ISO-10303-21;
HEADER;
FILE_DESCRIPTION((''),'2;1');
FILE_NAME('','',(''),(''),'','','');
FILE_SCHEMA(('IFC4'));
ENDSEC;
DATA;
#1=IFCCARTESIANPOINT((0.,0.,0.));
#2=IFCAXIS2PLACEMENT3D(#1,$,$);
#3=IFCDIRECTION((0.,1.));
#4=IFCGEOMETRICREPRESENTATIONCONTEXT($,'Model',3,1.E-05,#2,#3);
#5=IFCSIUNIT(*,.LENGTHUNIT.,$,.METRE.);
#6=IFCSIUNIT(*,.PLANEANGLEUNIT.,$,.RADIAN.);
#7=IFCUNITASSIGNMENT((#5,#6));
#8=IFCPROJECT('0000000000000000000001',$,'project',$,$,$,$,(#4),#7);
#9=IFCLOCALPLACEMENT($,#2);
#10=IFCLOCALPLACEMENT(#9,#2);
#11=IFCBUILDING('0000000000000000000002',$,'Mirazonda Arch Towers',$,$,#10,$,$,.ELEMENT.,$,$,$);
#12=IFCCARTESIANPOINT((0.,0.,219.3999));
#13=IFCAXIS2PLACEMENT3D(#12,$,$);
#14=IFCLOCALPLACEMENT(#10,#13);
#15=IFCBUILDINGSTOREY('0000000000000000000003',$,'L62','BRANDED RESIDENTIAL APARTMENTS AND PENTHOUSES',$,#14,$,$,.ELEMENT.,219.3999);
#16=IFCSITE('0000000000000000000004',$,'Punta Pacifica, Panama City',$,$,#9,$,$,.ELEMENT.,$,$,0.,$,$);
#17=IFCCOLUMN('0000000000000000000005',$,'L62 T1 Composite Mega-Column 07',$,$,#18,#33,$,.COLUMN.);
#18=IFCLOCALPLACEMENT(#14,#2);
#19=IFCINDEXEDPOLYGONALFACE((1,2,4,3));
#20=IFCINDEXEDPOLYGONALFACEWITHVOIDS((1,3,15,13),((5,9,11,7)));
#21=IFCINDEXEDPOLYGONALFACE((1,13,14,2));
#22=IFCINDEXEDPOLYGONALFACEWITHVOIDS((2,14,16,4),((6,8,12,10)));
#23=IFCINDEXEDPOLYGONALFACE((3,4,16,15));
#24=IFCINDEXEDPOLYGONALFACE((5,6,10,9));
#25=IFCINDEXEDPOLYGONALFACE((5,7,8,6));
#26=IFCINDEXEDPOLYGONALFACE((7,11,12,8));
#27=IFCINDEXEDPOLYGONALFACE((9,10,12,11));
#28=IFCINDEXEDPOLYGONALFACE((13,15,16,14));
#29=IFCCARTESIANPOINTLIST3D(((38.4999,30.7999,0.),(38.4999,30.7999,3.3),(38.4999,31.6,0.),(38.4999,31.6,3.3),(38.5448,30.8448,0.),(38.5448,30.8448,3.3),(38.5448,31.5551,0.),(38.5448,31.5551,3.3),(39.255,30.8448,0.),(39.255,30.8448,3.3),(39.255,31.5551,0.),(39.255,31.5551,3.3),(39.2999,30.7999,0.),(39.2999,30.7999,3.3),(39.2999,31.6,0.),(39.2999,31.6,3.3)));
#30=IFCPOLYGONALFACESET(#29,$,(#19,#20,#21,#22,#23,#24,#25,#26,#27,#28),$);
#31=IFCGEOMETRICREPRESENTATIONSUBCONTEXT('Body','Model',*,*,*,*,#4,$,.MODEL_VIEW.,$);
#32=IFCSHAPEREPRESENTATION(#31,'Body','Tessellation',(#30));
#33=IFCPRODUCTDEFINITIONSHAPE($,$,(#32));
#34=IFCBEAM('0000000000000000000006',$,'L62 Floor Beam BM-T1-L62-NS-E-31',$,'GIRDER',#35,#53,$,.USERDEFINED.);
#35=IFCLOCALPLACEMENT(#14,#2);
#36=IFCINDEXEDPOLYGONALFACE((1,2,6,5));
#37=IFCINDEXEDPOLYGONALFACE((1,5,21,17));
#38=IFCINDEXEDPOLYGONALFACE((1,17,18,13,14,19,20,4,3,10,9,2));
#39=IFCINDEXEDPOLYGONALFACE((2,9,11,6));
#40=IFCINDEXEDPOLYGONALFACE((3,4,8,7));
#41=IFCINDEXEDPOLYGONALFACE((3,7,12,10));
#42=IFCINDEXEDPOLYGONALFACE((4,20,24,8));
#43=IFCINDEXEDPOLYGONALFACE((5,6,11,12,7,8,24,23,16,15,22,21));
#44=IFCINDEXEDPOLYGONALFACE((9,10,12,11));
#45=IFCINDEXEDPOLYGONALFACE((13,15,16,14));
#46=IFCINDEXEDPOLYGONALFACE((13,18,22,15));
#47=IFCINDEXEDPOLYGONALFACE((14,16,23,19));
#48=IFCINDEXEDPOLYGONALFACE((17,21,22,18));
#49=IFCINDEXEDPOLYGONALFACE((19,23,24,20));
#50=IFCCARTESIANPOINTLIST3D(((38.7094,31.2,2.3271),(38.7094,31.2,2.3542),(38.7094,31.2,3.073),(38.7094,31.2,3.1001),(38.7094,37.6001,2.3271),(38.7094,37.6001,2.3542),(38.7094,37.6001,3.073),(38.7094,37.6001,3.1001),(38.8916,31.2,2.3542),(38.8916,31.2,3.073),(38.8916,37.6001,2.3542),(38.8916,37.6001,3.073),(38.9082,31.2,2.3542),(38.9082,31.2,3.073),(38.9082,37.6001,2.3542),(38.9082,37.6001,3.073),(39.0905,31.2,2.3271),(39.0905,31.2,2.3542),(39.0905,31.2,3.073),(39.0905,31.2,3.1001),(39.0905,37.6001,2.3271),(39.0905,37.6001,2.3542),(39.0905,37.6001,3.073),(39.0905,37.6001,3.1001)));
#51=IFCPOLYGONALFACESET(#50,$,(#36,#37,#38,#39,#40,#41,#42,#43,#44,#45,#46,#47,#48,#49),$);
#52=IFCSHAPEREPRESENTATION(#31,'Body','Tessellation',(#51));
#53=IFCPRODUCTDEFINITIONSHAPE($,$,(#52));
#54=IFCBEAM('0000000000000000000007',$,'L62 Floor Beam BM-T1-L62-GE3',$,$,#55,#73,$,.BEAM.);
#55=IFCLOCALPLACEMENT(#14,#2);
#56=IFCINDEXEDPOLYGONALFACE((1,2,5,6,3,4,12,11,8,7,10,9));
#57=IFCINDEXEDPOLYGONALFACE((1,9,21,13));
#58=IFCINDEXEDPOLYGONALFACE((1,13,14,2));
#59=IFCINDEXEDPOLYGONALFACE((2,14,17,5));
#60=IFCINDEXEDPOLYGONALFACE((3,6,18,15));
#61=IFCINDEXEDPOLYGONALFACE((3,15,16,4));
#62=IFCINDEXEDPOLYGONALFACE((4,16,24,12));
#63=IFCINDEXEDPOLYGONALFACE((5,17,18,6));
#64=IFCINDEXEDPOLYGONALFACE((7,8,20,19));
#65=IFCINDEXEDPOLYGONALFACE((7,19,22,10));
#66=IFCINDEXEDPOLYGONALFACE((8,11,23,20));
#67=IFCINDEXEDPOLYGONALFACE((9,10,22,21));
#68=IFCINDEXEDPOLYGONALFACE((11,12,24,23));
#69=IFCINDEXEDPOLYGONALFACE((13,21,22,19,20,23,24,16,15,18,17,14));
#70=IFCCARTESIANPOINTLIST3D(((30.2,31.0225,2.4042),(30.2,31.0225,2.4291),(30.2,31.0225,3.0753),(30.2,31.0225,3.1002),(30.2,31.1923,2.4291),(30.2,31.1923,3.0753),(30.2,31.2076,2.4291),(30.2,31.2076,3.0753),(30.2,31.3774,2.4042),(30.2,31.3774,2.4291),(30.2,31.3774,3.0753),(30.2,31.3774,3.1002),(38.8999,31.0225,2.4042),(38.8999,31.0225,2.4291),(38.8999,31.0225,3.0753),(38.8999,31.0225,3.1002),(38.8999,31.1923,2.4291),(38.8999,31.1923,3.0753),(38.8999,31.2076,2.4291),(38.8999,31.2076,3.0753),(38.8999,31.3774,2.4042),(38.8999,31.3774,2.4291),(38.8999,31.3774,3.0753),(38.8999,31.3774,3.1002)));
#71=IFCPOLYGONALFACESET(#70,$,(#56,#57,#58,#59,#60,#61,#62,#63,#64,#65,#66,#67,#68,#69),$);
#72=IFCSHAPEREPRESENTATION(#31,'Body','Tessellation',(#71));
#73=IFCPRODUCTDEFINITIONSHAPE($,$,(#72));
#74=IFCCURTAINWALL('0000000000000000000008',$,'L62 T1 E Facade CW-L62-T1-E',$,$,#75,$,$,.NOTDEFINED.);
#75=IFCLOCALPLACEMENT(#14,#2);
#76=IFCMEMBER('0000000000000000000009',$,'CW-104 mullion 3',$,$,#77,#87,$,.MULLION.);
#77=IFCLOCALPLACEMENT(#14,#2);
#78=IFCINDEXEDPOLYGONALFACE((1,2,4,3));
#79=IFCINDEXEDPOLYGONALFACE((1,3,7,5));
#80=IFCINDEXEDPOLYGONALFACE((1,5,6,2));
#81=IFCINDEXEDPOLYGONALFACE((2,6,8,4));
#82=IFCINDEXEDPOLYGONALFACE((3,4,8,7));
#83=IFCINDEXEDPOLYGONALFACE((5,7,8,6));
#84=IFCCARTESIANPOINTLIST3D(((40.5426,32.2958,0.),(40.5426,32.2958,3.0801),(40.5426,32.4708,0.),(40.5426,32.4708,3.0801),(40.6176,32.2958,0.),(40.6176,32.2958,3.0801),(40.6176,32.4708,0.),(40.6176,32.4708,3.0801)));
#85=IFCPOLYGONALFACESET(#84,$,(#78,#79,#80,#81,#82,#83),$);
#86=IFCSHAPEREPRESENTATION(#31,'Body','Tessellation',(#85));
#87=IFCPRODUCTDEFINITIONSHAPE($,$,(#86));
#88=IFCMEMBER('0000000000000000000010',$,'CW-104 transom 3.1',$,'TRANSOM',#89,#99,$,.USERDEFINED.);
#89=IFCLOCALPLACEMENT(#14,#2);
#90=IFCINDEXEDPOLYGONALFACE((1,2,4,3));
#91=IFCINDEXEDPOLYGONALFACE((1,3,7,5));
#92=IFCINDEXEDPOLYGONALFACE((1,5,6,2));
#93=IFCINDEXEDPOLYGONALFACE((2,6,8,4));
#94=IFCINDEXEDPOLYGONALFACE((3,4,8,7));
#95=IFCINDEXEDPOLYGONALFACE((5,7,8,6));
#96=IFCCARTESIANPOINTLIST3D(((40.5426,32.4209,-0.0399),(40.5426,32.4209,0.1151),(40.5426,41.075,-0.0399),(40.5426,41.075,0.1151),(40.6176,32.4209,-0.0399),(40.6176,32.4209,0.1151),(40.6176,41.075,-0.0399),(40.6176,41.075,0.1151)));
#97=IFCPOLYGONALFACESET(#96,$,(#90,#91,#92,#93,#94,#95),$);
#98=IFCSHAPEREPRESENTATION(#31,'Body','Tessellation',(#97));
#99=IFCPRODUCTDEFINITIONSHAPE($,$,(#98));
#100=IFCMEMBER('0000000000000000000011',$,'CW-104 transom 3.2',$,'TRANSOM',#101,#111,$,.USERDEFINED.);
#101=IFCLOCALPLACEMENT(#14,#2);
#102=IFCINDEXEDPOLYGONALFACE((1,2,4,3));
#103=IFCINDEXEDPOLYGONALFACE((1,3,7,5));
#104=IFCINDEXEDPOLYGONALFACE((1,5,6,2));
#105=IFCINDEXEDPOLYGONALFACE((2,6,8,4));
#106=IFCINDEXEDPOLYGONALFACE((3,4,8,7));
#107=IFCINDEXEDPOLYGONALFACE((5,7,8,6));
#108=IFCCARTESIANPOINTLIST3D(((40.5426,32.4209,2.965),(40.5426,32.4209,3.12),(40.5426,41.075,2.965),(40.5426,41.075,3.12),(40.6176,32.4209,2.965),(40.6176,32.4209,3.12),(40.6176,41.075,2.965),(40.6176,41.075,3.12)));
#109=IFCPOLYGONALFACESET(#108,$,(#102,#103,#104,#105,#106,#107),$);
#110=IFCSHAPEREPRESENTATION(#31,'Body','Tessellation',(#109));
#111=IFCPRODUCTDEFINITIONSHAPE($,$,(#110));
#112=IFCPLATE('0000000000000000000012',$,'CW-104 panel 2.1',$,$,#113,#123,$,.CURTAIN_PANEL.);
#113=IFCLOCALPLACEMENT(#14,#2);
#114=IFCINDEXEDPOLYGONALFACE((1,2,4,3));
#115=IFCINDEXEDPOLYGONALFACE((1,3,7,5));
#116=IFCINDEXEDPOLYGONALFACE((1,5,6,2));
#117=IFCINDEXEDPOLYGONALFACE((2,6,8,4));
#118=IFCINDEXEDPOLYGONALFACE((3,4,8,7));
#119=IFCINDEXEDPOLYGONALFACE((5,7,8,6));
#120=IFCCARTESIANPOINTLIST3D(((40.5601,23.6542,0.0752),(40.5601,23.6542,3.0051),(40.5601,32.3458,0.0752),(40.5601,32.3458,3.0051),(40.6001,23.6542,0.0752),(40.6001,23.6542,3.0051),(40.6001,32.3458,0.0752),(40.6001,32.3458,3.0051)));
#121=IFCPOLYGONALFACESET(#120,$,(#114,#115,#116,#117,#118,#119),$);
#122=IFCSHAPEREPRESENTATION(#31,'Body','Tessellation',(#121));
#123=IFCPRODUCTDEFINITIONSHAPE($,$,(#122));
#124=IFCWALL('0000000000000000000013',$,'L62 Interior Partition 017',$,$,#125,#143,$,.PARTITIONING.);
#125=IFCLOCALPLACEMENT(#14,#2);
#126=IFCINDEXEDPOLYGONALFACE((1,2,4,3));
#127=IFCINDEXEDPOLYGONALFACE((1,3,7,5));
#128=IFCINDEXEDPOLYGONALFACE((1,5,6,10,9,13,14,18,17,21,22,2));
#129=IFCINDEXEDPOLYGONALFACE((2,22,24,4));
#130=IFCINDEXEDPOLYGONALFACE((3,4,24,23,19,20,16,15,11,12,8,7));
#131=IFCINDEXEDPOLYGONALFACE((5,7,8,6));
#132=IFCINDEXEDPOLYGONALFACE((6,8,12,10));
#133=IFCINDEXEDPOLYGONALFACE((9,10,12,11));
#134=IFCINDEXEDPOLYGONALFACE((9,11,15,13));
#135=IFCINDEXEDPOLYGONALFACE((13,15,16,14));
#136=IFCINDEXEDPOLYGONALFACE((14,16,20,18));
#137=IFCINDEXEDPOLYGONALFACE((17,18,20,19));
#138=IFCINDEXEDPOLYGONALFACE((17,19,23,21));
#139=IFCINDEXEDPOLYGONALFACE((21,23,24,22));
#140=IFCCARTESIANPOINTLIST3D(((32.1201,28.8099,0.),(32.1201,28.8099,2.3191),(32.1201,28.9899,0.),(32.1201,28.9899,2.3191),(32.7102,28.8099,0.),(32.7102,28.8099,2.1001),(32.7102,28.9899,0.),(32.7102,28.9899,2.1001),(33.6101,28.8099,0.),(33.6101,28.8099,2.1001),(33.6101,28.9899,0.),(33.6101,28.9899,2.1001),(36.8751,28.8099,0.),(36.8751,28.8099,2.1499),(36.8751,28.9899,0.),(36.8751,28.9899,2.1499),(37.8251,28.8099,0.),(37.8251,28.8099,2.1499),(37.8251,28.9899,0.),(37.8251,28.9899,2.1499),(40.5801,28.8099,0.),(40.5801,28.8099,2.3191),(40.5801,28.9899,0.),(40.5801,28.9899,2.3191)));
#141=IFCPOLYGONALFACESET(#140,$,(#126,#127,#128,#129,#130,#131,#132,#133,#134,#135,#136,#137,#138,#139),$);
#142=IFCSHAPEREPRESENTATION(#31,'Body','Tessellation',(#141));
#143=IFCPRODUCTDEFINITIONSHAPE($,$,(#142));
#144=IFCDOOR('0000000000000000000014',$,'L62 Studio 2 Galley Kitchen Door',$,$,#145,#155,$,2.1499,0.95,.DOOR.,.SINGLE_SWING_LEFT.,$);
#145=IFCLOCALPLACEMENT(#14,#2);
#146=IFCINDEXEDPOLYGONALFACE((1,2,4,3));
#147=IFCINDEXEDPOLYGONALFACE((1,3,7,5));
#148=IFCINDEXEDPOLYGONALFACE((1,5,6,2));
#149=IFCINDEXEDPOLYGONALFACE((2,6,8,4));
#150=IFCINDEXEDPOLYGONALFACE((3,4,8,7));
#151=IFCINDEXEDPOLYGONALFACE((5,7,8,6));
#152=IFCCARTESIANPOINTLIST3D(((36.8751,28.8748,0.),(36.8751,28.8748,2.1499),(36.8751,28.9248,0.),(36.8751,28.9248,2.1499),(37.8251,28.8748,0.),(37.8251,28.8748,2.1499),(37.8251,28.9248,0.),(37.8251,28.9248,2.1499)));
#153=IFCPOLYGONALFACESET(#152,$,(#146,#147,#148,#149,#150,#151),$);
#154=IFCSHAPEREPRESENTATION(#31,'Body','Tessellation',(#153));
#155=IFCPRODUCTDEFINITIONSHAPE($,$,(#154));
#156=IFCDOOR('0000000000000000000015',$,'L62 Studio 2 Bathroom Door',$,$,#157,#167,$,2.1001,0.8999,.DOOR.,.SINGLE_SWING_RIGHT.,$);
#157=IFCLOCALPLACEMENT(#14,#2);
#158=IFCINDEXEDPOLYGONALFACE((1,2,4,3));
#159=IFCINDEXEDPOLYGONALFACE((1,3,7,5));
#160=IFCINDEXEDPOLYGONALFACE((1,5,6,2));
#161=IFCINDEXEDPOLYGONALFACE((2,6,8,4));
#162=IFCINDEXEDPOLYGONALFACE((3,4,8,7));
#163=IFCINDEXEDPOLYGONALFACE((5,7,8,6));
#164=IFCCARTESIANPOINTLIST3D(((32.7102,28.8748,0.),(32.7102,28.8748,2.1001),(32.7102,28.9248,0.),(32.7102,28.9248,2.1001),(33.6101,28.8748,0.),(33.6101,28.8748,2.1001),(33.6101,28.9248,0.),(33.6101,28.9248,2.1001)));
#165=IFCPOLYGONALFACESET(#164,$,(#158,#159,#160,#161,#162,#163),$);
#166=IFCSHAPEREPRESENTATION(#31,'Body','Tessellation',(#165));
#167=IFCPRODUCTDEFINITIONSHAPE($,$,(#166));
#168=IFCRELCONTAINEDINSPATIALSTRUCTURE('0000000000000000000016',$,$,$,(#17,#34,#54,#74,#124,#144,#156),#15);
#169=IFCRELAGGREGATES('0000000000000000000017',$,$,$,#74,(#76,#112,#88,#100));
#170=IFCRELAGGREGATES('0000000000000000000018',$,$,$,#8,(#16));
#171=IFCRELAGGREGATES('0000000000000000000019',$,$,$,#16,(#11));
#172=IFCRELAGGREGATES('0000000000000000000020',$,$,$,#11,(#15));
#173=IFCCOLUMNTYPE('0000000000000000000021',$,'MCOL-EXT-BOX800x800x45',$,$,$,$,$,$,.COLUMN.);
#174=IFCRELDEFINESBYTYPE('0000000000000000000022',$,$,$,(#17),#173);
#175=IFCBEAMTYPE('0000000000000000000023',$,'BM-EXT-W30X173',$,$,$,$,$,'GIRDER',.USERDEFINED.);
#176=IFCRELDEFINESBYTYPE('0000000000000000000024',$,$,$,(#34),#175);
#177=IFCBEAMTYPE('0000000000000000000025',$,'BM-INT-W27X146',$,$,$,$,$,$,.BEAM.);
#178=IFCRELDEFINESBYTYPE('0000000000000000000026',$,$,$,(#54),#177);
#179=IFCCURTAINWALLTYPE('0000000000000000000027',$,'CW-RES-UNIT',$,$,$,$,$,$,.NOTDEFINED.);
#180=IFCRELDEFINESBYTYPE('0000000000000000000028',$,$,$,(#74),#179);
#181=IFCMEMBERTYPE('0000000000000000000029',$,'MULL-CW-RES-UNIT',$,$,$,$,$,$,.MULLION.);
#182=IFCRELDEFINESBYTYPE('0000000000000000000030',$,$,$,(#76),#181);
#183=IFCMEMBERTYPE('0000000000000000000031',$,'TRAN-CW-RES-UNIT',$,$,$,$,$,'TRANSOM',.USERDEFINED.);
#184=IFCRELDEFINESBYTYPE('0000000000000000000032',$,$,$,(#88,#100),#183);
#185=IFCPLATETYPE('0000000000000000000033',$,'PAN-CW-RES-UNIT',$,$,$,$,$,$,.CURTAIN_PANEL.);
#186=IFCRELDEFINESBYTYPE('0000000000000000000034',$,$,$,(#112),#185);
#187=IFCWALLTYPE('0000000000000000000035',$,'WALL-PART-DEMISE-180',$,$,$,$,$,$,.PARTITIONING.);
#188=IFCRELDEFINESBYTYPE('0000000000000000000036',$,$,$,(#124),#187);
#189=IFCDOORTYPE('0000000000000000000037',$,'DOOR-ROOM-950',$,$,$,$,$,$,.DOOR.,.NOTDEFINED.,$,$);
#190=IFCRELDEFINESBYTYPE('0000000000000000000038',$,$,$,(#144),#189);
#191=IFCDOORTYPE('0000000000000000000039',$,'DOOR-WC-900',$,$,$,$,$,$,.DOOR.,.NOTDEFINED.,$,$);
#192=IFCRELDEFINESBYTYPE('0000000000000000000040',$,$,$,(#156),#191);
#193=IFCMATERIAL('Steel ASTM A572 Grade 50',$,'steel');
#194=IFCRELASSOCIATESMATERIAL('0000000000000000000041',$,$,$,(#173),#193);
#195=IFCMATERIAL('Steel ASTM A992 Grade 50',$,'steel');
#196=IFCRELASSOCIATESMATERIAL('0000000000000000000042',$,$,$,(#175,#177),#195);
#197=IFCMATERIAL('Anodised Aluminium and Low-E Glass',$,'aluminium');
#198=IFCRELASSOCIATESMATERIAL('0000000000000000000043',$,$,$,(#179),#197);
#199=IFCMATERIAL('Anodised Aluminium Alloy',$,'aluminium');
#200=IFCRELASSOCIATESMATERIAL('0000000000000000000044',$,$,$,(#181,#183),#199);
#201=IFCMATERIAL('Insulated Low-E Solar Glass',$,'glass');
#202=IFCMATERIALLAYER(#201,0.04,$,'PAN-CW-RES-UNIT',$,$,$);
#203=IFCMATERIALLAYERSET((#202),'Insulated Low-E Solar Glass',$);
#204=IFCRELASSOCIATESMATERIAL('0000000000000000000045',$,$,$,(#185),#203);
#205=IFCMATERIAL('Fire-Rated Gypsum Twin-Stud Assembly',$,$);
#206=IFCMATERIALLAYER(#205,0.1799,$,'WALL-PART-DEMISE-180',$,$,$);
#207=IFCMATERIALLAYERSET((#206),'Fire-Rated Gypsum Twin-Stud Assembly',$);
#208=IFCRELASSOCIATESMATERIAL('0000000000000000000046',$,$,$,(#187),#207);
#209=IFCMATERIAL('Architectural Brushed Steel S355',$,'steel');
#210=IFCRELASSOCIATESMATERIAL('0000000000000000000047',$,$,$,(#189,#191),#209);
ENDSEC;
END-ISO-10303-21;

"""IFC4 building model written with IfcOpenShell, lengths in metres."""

from ifc_helpers import new_model, si_unit, direction, frame, frame_2d, origin, origin_2d, place, context, subcontext, project, spatial, rectangle, hollow_rectangle, i_section, extrude, material, layer, layer_set, material_profile, profile_set, type_object, element, fill, aggregate, save


model = new_model("IFC4")

# Units and contexts
model_context = context("Model", 3, precision=1e-05, world=origin(), true_north=direction((0.0, 1.0)))
body_context = subcontext(model_context, "Body", "Model", "MODEL_VIEW")
ifc_project = project(units=[si_unit("LENGTHUNIT", "METRE"), si_unit("PLANEANGLEUNIT", "RADIAN")], contexts=[model_context])

# Site, building, storey
site_placement = place(None, origin())
site = spatial("IfcSite", under=ifc_project, at=site_placement, Name="Punta Pacifica, Panama City", CompositionType="ELEMENT", RefElevation=0.0)
building_placement = place(site_placement, origin())
building = spatial("IfcBuilding", under=site, at=building_placement, Name="Mirazonda Arch Towers", CompositionType="ELEMENT")
storey_placement = place(building_placement, frame((0.0, 0.0, 219.3999)))
storey = spatial("IfcBuildingStorey", under=building, at=storey_placement, Name="L62", Description="BRANDED RESIDENTIAL APARTMENTS AND PENTHOUSES", CompositionType="ELEMENT", Elevation=219.3999)

# Column
ifc_material_1 = material(Name="Steel ASTM A572 Grade 50", Category="steel")
ifc_material_profile_1 = material_profile(ifc_material_1, hollow_rectangle(XDim=0.8, YDim=0.8, WallThickness=0.0449, at=origin_2d()), Name="BOX800x800x45")
ifc_profile_set_1 = profile_set([ifc_material_profile_1], Name="Steel ASTM A572 Grade 50")
column_type = type_object("IfcColumnType", Name="MCOL-EXT-BOX800x800x45", PredefinedType="COLUMN", material=ifc_profile_set_1)
column_placement = place(storey_placement, frame((38.8999, 31.2, 0.0), z_axis=(0.0, 0.0, 1.0), x_axis=(1.0, 0.0, 0.0)))
element("IfcColumn", 1, at=column_placement, inside=storey, type_object=column_type, Name="L62 T1 Composite Mega-Column 07", PredefinedType="COLUMN", context=body_context, shape_type="SweptSolid", body=[
    extrude(hollow_rectangle(XDim=0.8, YDim=0.8, WallThickness=0.0449, at=origin_2d()), origin(), (0.0, 0.0, 1.0), 3.3),
])

# Beams
ifc_material_2 = material(Name="Steel ASTM A992 Grade 50", Category="steel")
ifc_material_profile_2 = material_profile(ifc_material_2, i_section(OverallWidth=0.3811, OverallDepth=0.7729, WebThickness=0.0166, FlangeThickness=0.0271, at=origin_2d()), Name="W30X173")
ifc_profile_set_2 = profile_set([ifc_material_profile_2], Name="Steel ASTM A992 Grade 50")
beam_type_1 = type_object("IfcBeamType", Name="BM-EXT-W30X173", ElementType="GIRDER", PredefinedType="USERDEFINED", material=ifc_profile_set_2)
beam_1_placement = place(storey_placement, frame((38.8999, 31.2, 2.7136), z_axis=(0.0, 1.0, 0.0), x_axis=(-1.0, 0.0, 0.0)))
element("IfcBeam", 2, at=beam_1_placement, inside=storey, type_object=beam_type_1, Name="L62 Floor Beam BM-T1-L62-NS-E-31", ObjectType="GIRDER", PredefinedType="USERDEFINED", context=body_context, shape_type="SweptSolid", body=[
    extrude(i_section(OverallWidth=0.3811, OverallDepth=0.7729, WebThickness=0.0166, FlangeThickness=0.0271, at=origin_2d()), origin(), (0.0, 0.0, 1.0), 6.4001),
])
ifc_material_profile_3 = material_profile(ifc_material_2, i_section(OverallWidth=0.355, OverallDepth=0.696, WebThickness=0.0154, FlangeThickness=0.0249, at=origin_2d()), Name="W27X146")
ifc_profile_set_3 = profile_set([ifc_material_profile_3], Name="Steel ASTM A992 Grade 50")
beam_type_2 = type_object("IfcBeamType", Name="BM-INT-W27X146", PredefinedType="BEAM", material=ifc_profile_set_3)
beam_2_placement = place(storey_placement, frame((30.2, 31.2, 2.7522), z_axis=(1.0, 0.0, 0.0), x_axis=(0.0, 1.0, 0.0)))
element("IfcBeam", 3, at=beam_2_placement, inside=storey, type_object=beam_type_2, Name="L62 Floor Beam BM-T1-L62-GE3", PredefinedType="BEAM", context=body_context, shape_type="SweptSolid", body=[
    extrude(i_section(OverallWidth=0.355, OverallDepth=0.696, WebThickness=0.0154, FlangeThickness=0.0249, at=origin_2d()), origin(), (0.0, 0.0, 1.0), 8.7),
])

# Curtain wall, members, plate
ifc_material_3 = material(Name="Anodised Aluminium and Low-E Glass", Category="aluminium")
curtain_wall_type = type_object("IfcCurtainWallType", Name="CW-RES-UNIT", PredefinedType="NOTDEFINED", material=ifc_material_3)
curtain_wall_placement = place(storey_placement, origin())
curtain_wall = element("IfcCurtainWall", 4, at=curtain_wall_placement, inside=storey, type_object=curtain_wall_type, Name="L62 T1 E Facade CW-L62-T1-E", PredefinedType="NOTDEFINED")
ifc_material_4 = material(Name="Anodised Aluminium Alloy", Category="aluminium")
ifc_material_profile_4 = material_profile(ifc_material_4, rectangle(XDim=0.075, YDim=0.175, at=origin_2d()), Name="ALU-MULL-75x175")
ifc_profile_set_4 = profile_set([ifc_material_profile_4], Name="Anodised Aluminium Alloy")
member_type_1 = type_object("IfcMemberType", Name="MULL-CW-RES-UNIT", PredefinedType="MULLION", material=ifc_profile_set_4)
member_1_placement = place(storey_placement, frame((40.5801, 32.3833, 0.0), z_axis=(0.0, 0.0, 1.0), x_axis=(-1.0, 0.0, 0.0)))
member_1 = element("IfcMember", 5, at=member_1_placement, type_object=member_type_1, Name="CW-104 mullion 3", PredefinedType="MULLION", context=body_context, shape_type="SweptSolid", body=[
    extrude(rectangle(XDim=0.075, YDim=0.175, at=origin_2d()), origin(), (0.0, 0.0, 1.0), 3.0801),
])
ifc_material_profile_5 = material_profile(ifc_material_4, rectangle(XDim=0.075, YDim=0.155, at=origin_2d()), Name="ALU-TRAN-75x155")
ifc_profile_set_5 = profile_set([ifc_material_profile_5], Name="Anodised Aluminium Alloy")
member_type_2 = type_object("IfcMemberType", Name="TRAN-CW-RES-UNIT", ElementType="TRANSOM", PredefinedType="USERDEFINED", material=ifc_profile_set_5)
member_2_placement = place(storey_placement, frame((40.5801, 32.4209, 0.0376), z_axis=(0.0, 1.0, 0.0), x_axis=(-1.0, 0.0, 0.0)))
member_2 = element("IfcMember", 6, at=member_2_placement, type_object=member_type_2, Name="CW-104 transom 3.1", ObjectType="TRANSOM", PredefinedType="USERDEFINED", context=body_context, shape_type="SweptSolid", body=[
    extrude(rectangle(XDim=0.075, YDim=0.155, at=origin_2d()), origin(), (0.0, 0.0, 1.0), 8.6541),
])
member_3_placement = place(storey_placement, frame((40.5801, 32.4209, 3.0425), z_axis=(0.0, 1.0, 0.0), x_axis=(-1.0, 0.0, 0.0)))
member_3 = element("IfcMember", 7, at=member_3_placement, type_object=member_type_2, Name="CW-104 transom 3.2", ObjectType="TRANSOM", PredefinedType="USERDEFINED", context=body_context, shape_type="SweptSolid", body=[
    extrude(rectangle(XDim=0.075, YDim=0.155, at=origin_2d()), origin(), (0.0, 0.0, 1.0), 8.6541),
])
ifc_material_5 = material(Name="Insulated Low-E Solar Glass", Category="glass")
ifc_layer_1 = layer(ifc_material_5, 0.04, Name="PAN-CW-RES-UNIT")
ifc_layer_set_1 = layer_set([ifc_layer_1], Name="Insulated Low-E Solar Glass")
plate_type = type_object("IfcPlateType", Name="PAN-CW-RES-UNIT", PredefinedType="CURTAIN_PANEL", material=ifc_layer_set_1)
plate_placement = place(storey_placement, frame((40.5801, 28.0, 0.0752), z_axis=(0.0, 0.0, 1.0), x_axis=(0.0, 1.0, 0.0)))
plate = element("IfcPlate", 8, at=plate_placement, type_object=plate_type, Name="CW-104 panel 2.1", PredefinedType="CURTAIN_PANEL", context=body_context, shape_type="SweptSolid", body=[
    extrude(rectangle(XDim=8.6917, YDim=0.04, at=origin_2d()), origin(), (0.0, 0.0, 1.0), 2.9299),
])
aggregate(curtain_wall, [member_1, plate, member_2, member_3])

# Wall, openings, doors
ifc_material_6 = material(Name="Fire-Rated Gypsum Twin-Stud Assembly")
ifc_layer_2 = layer(ifc_material_6, 0.1799, Name="WALL-PART-DEMISE-180")
ifc_layer_set_2 = layer_set([ifc_layer_2], Name="Fire-Rated Gypsum Twin-Stud Assembly")
wall_type_1 = type_object("IfcWallType", Name="WALL-PART-DEMISE-180", PredefinedType="PARTITIONING", material=ifc_layer_set_2)
wall_1_placement = place(storey_placement, frame((32.1201, 28.8999, 0.0), z_axis=(0.0, 0.0, 1.0), x_axis=(1.0, 0.0, 0.0)))
wall_1 = element("IfcWall", 9, at=wall_1_placement, inside=storey, type_object=wall_type_1, Name="L62 Interior Partition 017", PredefinedType="PARTITIONING", context=body_context, shape_type="SweptSolid", body=[
    extrude(rectangle(XDim=8.46, YDim=0.1799, at=frame_2d((4.23, 0.0))), origin(), (0.0, 0.0, 1.0), 2.3191),
])
opening_1_placement = place(wall_1_placement, frame((4.7549, 0.0, 0.0)))
opening_1 = element("IfcOpeningElement", 10, at=opening_1_placement, cuts=wall_1, PredefinedType="OPENING", context=body_context, shape_type="SweptSolid", body=[
    extrude(rectangle(XDim=0.95, YDim=2.1499, at=frame_2d((0.4751, 1.075))), frame((0.0, 0.0999, 0.0), z_axis=(0.0, -1.0, 0.0), x_axis=(1.0, 0.0, 0.0)), (0.0, 0.0, 1.0), 0.2),
])
opening_2_placement = place(wall_1_placement, frame((0.5901, 0.0, 0.0)))
opening_2 = element("IfcOpeningElement", 11, at=opening_2_placement, cuts=wall_1, PredefinedType="OPENING", context=body_context, shape_type="SweptSolid", body=[
    extrude(rectangle(XDim=0.8999, YDim=2.1001, at=frame_2d((0.45, 1.05))), frame((0.0, 0.0999, 0.0), z_axis=(0.0, -1.0, 0.0), x_axis=(1.0, 0.0, 0.0)), (0.0, 0.0, 1.0), 0.2),
])
ifc_material_7 = material(Name="Architectural Brushed Steel S355", Category="steel")
door_type_1 = type_object("IfcDoorType", Name="DOOR-ROOM-950", OperationType="NOTDEFINED", PredefinedType="DOOR", material=ifc_material_7)
door_1_placement = place(opening_1_placement, origin())
door_1 = element("IfcDoor", 12, at=door_1_placement, inside=storey, type_object=door_type_1, Name="L62 Studio 2 Galley Kitchen Door", OperationType="SINGLE_SWING_LEFT", OverallHeight=2.1499, OverallWidth=0.95, PredefinedType="DOOR", context=body_context, shape_type="SweptSolid", body=[
    extrude(rectangle(XDim=0.95, YDim=2.1499, at=frame_2d((0.4751, 1.075))), frame((0.0, 0.0249, 0.0), z_axis=(0.0, -1.0, 0.0), x_axis=(1.0, 0.0, 0.0)), (0.0, 0.0, 1.0), 0.05),
])
fill(opening_1, door_1)
door_type_2 = type_object("IfcDoorType", Name="DOOR-WC-900", OperationType="NOTDEFINED", PredefinedType="DOOR", material=ifc_material_7)
door_2_placement = place(opening_2_placement, origin())
door_2 = element("IfcDoor", 13, at=door_2_placement, inside=storey, type_object=door_type_2, Name="L62 Studio 2 Bathroom Door", OperationType="SINGLE_SWING_RIGHT", OverallHeight=2.1001, OverallWidth=0.8999, PredefinedType="DOOR", context=body_context, shape_type="SweptSolid", body=[
    extrude(rectangle(XDim=0.8999, YDim=2.1001, at=frame_2d((0.45, 1.05))), frame((0.0, 0.0249, 0.0), z_axis=(0.0, -1.0, 0.0), x_axis=(1.0, 0.0, 0.0)), (0.0, 0.0, 1.0), 0.05),
])
fill(opening_2, door_2)

save(model, "model.ifc")
